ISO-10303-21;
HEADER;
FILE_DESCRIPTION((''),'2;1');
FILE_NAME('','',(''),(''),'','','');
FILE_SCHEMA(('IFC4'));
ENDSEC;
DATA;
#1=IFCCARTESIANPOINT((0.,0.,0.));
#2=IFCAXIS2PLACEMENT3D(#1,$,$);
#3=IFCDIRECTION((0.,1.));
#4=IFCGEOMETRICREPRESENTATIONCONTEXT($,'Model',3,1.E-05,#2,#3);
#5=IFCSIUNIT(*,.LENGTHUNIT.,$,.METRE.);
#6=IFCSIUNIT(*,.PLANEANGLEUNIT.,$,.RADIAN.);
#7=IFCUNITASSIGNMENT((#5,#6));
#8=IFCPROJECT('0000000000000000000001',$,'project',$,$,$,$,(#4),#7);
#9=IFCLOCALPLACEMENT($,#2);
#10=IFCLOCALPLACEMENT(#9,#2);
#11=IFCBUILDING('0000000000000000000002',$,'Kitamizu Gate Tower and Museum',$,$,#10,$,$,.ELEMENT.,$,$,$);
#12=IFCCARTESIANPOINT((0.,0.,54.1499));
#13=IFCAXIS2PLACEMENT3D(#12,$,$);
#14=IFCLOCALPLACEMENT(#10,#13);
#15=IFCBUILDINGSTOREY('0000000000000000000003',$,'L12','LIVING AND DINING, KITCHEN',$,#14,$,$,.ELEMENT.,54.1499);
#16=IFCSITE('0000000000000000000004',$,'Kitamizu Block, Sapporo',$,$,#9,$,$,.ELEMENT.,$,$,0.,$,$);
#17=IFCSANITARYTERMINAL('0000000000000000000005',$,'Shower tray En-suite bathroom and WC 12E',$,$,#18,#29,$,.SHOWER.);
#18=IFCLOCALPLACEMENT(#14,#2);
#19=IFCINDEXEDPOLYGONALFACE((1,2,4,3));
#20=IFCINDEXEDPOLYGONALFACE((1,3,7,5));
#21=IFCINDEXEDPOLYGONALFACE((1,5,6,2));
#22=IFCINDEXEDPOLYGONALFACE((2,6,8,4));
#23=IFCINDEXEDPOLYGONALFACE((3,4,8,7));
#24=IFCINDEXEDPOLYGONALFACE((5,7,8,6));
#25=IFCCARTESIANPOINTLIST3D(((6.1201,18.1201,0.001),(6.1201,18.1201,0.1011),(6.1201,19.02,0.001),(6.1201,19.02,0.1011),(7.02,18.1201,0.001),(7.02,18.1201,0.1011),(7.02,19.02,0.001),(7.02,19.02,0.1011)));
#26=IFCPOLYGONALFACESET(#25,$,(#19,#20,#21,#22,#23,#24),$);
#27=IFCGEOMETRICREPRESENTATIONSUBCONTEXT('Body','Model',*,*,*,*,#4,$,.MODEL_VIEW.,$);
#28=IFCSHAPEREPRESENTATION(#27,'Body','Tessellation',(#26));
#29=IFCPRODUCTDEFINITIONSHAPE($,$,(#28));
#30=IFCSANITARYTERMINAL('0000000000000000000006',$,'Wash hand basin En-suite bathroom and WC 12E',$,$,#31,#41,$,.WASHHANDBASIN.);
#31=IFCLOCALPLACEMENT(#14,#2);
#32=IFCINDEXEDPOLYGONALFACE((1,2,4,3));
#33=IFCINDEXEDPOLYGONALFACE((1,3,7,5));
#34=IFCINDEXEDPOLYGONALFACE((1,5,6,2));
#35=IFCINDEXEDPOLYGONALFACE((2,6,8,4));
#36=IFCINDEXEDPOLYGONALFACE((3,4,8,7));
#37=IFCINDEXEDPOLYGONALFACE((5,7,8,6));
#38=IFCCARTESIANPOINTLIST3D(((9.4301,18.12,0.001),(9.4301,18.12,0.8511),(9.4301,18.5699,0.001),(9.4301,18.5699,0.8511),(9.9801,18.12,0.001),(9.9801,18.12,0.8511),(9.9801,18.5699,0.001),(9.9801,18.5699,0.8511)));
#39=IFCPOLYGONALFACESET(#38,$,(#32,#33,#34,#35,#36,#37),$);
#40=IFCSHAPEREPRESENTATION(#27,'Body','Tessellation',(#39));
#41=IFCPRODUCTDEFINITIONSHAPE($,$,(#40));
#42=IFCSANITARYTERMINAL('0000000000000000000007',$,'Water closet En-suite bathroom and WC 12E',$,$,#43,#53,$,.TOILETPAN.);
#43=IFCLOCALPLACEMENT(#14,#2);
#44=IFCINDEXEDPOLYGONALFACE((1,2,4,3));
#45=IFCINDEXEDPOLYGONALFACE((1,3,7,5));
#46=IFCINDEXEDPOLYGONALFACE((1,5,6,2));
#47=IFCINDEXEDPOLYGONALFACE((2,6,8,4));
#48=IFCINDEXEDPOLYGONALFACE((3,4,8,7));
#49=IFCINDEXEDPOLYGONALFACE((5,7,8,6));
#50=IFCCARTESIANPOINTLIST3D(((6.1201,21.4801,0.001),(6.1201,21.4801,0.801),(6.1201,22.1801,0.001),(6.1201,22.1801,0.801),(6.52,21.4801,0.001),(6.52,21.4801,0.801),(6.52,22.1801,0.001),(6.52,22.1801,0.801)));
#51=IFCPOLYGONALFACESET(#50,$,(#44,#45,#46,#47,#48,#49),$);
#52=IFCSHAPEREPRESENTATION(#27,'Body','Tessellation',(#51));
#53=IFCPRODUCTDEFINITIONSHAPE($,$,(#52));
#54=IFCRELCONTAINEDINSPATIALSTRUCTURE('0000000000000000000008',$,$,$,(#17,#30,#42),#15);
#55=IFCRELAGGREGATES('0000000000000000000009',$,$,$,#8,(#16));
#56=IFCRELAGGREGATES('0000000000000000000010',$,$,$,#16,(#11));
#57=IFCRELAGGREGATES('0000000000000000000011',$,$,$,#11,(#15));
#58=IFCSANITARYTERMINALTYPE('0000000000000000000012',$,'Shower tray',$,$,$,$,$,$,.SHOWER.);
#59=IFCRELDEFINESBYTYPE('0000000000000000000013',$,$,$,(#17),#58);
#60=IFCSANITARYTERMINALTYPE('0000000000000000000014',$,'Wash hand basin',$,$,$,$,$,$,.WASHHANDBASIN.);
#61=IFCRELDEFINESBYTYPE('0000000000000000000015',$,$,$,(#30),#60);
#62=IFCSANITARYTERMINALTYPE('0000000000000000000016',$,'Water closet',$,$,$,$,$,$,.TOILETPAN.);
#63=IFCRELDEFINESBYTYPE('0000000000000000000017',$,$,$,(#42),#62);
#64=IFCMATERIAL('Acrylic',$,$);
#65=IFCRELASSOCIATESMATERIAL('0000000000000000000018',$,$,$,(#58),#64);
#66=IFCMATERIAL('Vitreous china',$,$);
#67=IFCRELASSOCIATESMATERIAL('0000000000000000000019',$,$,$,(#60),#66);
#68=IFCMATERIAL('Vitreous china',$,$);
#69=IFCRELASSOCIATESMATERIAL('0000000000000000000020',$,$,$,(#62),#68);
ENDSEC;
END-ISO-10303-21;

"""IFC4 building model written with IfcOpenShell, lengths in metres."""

from ifc_helpers import new_model, si_unit, direction, frame, origin, origin_2d, place, context, subcontext, project, spatial, rectangle, extrude, material, type_object, element, save


model = new_model("IFC4")

# Units and contexts
model_context = context("Model", 3, precision=1e-05, world=origin(), true_north=direction((0.0, 1.0)))
body_context = subcontext(model_context, "Body", "Model", "MODEL_VIEW")
ifc_project = project(units=[si_unit("LENGTHUNIT", "METRE"), si_unit("PLANEANGLEUNIT", "RADIAN")], contexts=[model_context])

# Site, building, storey
site_placement = place(None, origin())
site = spatial("IfcSite", under=ifc_project, at=site_placement, Name="Kitamizu Block, Sapporo", CompositionType="ELEMENT", RefElevation=0.0)
building_placement = place(site_placement, origin())
building = spatial("IfcBuilding", under=site, at=building_placement, Name="Kitamizu Gate Tower and Museum", CompositionType="ELEMENT")
storey_placement = place(building_placement, frame((0.0, 0.0, 54.1499)))
storey = spatial("IfcBuildingStorey", under=building, at=storey_placement, Name="L12", Description="LIVING AND DINING, KITCHEN", CompositionType="ELEMENT", Elevation=54.1499)

# Sanitary terminals
ifc_material_1 = material(Name="Acrylic")
sanitary_terminal_type_1 = type_object("IfcSanitaryTerminalType", Name="Shower tray", PredefinedType="SHOWER", material=ifc_material_1)
sanitary_terminal_1_placement = place(storey_placement, frame((6.5701, 18.5701, 0.001), z_axis=(0.0, 0.0, 1.0), x_axis=(1.0, 0.0, 0.0)))
element("IfcSanitaryTerminal", 1, at=sanitary_terminal_1_placement, inside=storey, type_object=sanitary_terminal_type_1, Name="Shower tray En-suite bathroom and WC 12E", PredefinedType="SHOWER", context=body_context, shape_type="SweptSolid", body=[
    extrude(rectangle(XDim=0.8999, YDim=0.8999, at=origin_2d()), origin(), (0.0, 0.0, 1.0), 0.1001),
])
ifc_material_2 = material(Name="Vitreous china")
sanitary_terminal_type_2 = type_object("IfcSanitaryTerminalType", Name="Wash hand basin", PredefinedType="WASHHANDBASIN", material=ifc_material_2)
sanitary_terminal_2_placement = place(storey_placement, frame((9.7051, 18.345, 0.001), z_axis=(0.0, 0.0, 1.0), x_axis=(1.0, 0.0, 0.0)))
element("IfcSanitaryTerminal", 2, at=sanitary_terminal_2_placement, inside=storey, type_object=sanitary_terminal_type_2, Name="Wash hand basin En-suite bathroom and WC 12E", PredefinedType="WASHHANDBASIN", context=body_context, shape_type="SweptSolid", body=[
    extrude(rectangle(XDim=0.55, YDim=0.45, at=origin_2d()), origin(), (0.0, 0.0, 1.0), 0.8501),
])
ifc_material_3 = material(Name="Vitreous china")
sanitary_terminal_type_3 = type_object("IfcSanitaryTerminalType", Name="Water closet", PredefinedType="TOILETPAN", material=ifc_material_3)
sanitary_terminal_3_placement = place(storey_placement, frame((6.3201, 21.8301, 0.001), z_axis=(0.0, 0.0, 1.0), x_axis=(1.0, 0.0, 0.0)))
element("IfcSanitaryTerminal", 3, at=sanitary_terminal_3_placement, inside=storey, type_object=sanitary_terminal_type_3, Name="Water closet En-suite bathroom and WC 12E", PredefinedType="TOILETPAN", context=body_context, shape_type="SweptSolid", body=[
    extrude(rectangle(XDim=0.3999, YDim=0.7, at=origin_2d()), origin(), (0.0, 0.0, 1.0), 0.8),
])

save(model, "model.ifc")
